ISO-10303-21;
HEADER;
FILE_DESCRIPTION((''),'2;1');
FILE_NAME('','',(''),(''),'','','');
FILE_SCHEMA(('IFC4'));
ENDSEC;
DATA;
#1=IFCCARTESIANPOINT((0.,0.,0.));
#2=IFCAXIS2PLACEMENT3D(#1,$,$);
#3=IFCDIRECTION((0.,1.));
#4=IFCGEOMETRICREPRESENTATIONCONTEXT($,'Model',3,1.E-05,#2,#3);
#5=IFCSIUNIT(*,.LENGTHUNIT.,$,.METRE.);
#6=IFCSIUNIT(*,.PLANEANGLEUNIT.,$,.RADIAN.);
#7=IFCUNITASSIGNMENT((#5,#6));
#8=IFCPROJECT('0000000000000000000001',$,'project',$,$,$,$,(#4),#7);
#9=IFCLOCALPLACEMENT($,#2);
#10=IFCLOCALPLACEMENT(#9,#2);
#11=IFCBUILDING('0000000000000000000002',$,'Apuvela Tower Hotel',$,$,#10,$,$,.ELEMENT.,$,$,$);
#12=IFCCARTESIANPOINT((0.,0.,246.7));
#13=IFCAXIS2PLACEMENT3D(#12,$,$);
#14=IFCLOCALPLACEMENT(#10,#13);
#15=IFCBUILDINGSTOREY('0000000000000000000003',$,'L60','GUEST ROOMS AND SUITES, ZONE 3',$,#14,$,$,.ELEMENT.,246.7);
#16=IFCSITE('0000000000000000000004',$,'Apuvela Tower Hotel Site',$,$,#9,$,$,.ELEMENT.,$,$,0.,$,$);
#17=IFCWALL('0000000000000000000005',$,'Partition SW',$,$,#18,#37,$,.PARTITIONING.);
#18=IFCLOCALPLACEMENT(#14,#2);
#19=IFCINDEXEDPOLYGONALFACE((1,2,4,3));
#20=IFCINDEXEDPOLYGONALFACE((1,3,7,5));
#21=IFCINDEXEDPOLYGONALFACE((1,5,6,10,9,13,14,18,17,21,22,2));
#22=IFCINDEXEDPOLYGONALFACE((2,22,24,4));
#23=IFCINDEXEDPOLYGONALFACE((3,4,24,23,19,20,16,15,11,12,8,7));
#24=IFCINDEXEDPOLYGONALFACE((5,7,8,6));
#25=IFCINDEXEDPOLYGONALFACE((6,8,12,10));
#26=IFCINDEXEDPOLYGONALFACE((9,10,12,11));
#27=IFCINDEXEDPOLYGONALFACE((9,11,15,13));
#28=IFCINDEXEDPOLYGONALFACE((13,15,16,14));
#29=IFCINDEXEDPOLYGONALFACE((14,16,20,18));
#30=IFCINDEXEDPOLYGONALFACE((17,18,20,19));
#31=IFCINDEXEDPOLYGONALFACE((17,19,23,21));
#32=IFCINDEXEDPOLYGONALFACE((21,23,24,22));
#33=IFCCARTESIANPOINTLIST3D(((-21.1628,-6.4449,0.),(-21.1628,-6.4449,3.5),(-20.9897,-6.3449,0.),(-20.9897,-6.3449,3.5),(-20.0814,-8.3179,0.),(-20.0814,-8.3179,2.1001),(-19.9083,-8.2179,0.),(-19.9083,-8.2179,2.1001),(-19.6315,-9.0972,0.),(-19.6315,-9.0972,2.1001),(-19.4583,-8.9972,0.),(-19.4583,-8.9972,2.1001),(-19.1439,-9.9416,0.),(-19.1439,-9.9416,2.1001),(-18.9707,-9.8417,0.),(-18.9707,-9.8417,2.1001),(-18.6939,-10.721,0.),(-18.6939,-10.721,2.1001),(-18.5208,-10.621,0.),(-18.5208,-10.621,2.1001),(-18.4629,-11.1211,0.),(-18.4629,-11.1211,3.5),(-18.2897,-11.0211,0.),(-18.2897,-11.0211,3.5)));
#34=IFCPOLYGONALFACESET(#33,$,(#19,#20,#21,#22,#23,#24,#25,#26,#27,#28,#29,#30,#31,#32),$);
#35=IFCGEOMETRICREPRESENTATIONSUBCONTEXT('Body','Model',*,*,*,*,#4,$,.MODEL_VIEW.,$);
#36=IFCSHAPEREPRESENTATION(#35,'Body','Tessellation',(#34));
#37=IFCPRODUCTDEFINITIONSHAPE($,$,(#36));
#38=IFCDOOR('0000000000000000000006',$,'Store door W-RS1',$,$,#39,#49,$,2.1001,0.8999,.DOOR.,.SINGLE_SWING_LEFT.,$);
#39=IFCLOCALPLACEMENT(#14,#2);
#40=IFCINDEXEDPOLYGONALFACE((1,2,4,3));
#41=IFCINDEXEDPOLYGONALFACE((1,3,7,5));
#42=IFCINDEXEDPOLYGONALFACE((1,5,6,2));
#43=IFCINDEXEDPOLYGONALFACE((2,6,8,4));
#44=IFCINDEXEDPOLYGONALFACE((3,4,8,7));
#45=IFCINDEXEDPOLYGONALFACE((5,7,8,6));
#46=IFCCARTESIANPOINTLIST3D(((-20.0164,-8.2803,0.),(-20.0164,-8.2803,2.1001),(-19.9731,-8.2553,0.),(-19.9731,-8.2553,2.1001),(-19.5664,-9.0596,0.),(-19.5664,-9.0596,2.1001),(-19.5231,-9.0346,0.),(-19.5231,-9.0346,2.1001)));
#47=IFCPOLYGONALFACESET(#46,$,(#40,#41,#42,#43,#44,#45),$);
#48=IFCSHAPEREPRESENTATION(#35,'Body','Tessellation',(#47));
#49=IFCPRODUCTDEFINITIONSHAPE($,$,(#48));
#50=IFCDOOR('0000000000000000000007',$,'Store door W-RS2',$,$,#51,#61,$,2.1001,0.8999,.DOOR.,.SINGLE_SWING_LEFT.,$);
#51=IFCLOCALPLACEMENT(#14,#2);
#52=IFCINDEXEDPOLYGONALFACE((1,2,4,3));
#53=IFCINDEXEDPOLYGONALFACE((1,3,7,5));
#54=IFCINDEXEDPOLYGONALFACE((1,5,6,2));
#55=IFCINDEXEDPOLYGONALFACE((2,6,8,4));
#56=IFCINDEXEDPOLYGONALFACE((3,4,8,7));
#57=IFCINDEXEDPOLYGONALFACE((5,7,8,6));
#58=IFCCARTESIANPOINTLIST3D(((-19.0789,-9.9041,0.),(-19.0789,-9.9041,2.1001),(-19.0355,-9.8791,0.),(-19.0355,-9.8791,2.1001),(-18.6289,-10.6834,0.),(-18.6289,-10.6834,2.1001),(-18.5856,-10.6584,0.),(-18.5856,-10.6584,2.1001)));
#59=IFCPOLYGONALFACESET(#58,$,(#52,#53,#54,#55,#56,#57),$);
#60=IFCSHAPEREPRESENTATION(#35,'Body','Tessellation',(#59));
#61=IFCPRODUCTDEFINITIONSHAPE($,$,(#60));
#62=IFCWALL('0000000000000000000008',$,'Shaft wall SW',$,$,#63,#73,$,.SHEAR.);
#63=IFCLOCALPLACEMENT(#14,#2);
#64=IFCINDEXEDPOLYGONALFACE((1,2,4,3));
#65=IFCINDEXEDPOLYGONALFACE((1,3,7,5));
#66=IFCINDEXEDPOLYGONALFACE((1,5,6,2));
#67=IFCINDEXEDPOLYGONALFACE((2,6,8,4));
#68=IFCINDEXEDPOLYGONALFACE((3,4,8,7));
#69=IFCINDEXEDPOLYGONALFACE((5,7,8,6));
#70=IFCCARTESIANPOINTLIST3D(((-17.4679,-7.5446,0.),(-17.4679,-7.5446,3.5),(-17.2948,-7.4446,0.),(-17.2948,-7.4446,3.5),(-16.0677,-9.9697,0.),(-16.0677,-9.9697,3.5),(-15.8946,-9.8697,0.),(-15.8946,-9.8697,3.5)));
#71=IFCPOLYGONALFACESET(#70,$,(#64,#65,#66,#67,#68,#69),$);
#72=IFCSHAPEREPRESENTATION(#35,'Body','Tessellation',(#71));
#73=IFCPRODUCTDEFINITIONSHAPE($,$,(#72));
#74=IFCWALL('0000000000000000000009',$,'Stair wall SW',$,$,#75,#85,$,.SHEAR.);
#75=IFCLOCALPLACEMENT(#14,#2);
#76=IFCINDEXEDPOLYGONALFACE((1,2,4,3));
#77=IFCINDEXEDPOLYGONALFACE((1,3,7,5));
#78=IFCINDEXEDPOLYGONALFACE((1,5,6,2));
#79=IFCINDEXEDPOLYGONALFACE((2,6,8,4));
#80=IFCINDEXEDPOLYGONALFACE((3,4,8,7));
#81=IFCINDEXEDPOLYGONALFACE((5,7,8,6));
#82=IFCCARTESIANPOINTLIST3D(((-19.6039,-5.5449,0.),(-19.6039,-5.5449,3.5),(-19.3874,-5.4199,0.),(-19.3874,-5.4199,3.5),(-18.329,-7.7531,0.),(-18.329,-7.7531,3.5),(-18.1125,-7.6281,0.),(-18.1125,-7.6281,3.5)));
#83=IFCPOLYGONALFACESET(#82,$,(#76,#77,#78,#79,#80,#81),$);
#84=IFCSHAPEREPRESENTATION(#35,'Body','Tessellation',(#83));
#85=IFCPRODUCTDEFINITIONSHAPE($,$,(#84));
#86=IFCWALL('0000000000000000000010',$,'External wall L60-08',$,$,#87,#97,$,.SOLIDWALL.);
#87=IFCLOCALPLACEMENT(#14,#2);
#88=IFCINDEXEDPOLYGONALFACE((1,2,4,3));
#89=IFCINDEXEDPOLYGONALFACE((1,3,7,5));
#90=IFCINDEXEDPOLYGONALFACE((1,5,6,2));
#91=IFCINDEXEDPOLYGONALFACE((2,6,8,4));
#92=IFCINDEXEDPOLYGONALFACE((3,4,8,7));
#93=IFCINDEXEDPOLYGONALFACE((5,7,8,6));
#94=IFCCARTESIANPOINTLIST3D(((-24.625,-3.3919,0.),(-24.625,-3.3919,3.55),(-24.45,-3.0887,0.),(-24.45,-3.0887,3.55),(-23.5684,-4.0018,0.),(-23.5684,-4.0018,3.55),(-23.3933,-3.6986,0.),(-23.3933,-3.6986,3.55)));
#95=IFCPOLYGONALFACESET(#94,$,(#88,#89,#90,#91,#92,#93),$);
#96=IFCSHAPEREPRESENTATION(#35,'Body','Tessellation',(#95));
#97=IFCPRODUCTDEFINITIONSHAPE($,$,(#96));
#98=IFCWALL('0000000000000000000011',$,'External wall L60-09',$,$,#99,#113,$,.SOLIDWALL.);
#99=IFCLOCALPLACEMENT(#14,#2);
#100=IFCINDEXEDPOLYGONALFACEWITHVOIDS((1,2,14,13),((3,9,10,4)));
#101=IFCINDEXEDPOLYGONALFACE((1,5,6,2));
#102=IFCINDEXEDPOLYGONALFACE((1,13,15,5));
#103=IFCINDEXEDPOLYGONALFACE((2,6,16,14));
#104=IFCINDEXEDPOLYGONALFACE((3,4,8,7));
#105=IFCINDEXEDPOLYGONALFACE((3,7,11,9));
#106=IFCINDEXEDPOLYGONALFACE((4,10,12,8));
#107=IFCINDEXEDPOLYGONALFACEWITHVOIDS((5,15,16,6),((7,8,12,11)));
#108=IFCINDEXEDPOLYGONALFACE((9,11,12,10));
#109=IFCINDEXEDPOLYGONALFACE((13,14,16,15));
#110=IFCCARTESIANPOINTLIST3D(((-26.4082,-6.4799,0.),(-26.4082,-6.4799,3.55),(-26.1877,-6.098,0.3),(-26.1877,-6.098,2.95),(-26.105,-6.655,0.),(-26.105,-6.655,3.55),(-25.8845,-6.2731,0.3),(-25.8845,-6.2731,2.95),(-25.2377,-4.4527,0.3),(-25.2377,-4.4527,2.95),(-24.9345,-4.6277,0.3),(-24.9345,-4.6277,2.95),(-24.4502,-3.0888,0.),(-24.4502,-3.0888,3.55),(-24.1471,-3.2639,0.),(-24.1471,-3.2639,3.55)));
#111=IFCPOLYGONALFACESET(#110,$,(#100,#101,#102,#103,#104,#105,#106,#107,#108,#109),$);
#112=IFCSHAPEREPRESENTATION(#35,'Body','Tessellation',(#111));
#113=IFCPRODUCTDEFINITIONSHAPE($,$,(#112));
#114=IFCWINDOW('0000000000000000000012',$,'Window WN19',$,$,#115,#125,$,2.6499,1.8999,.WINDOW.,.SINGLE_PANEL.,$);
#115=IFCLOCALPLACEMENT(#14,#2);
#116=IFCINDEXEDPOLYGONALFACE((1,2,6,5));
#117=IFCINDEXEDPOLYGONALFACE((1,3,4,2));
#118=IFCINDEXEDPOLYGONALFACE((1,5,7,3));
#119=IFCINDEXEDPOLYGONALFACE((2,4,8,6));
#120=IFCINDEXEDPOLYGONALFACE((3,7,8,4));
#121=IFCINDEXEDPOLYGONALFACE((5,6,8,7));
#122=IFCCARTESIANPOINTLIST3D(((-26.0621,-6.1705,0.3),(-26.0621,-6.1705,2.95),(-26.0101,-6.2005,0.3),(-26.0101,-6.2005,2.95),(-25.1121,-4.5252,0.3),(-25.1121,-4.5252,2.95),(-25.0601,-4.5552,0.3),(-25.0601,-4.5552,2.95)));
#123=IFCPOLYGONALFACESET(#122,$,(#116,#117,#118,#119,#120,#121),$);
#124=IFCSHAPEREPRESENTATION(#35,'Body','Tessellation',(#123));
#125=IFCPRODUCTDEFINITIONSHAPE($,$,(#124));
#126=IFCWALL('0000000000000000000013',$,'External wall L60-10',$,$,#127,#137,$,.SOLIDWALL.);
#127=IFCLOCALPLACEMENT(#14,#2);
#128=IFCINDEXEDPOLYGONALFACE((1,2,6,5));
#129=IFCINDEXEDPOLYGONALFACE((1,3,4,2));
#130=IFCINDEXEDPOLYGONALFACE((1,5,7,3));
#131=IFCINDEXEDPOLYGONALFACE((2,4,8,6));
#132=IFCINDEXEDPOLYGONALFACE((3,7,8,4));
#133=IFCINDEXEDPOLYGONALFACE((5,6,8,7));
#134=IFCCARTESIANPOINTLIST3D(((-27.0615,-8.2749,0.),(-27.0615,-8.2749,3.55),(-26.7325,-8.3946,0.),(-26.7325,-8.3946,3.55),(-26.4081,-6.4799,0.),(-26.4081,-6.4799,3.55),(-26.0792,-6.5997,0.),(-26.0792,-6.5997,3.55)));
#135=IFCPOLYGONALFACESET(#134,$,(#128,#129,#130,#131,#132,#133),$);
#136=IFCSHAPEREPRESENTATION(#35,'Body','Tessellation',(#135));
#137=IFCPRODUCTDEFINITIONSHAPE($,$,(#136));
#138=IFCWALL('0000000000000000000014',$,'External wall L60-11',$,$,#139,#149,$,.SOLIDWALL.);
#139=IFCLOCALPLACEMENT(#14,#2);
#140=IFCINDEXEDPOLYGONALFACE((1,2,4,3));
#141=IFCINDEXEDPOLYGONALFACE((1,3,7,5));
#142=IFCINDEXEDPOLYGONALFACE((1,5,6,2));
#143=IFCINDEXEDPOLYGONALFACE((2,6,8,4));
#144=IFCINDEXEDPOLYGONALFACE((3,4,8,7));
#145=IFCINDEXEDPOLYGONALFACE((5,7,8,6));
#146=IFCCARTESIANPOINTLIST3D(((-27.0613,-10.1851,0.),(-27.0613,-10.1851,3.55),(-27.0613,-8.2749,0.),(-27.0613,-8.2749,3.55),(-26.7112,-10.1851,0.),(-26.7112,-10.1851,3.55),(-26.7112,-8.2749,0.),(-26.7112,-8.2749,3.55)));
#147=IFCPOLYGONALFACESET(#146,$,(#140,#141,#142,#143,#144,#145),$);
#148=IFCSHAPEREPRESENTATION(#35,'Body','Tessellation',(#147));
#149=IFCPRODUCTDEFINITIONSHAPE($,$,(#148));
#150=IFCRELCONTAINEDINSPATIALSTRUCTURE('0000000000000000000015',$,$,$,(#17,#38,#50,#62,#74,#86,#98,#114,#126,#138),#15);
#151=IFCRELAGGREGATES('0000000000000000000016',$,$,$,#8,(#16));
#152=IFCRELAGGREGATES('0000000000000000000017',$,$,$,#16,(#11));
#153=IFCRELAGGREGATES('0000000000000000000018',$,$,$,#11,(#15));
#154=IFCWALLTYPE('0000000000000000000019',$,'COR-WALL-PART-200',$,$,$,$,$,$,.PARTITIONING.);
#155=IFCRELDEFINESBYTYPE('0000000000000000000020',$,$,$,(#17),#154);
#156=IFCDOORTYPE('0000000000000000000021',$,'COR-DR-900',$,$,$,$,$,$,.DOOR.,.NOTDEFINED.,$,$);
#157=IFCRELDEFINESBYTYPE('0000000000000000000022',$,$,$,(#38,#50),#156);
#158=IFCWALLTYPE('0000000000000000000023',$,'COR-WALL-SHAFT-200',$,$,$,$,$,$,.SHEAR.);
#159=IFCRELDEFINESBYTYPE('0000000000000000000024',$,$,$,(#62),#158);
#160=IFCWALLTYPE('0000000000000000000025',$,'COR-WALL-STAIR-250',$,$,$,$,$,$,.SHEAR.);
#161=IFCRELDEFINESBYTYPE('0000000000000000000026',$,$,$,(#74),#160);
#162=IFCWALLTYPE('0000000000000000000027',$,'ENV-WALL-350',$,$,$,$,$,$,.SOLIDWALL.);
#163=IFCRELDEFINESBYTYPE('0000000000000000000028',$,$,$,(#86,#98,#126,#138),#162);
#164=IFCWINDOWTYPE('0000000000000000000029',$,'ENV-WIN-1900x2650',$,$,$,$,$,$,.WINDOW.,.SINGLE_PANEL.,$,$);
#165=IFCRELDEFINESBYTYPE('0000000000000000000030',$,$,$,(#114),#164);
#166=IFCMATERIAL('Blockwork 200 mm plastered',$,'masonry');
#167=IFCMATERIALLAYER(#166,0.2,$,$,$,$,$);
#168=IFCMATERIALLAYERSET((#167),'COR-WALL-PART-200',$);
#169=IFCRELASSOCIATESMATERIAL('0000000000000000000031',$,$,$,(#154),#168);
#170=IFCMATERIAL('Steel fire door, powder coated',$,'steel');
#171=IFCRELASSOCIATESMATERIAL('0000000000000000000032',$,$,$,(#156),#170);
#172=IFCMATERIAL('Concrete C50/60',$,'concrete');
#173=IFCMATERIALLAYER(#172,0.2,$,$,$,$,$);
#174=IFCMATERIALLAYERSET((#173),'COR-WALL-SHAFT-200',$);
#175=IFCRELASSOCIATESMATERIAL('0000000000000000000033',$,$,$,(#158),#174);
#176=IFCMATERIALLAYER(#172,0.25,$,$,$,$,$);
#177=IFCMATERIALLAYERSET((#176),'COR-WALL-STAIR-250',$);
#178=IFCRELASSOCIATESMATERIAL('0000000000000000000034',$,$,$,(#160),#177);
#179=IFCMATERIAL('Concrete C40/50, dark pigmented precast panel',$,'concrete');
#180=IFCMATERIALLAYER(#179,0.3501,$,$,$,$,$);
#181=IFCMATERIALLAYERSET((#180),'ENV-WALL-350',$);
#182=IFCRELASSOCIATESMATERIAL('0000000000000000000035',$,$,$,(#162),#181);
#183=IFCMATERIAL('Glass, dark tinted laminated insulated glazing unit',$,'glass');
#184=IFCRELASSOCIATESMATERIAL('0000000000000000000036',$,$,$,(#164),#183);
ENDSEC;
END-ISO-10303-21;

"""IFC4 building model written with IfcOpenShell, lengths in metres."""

from ifc_helpers import new_model, si_unit, direction, frame, frame_2d, origin, place, context, subcontext, project, spatial, rectangle, extrude, material, layer, layer_set, type_object, element, fill, save


model = new_model("IFC4")

# Units and contexts
model_context = context("Model", 3, precision=1e-05, world=origin(), true_north=direction((0.0, 1.0)))
body_context = subcontext(model_context, "Body", "Model", "MODEL_VIEW")
ifc_project = project(units=[si_unit("LENGTHUNIT", "METRE"), si_unit("PLANEANGLEUNIT", "RADIAN")], contexts=[model_context])

# Site, building, storey
site_placement = place(None, origin())
site = spatial("IfcSite", under=ifc_project, at=site_placement, Name="Apuvela Tower Hotel Site", CompositionType="ELEMENT", RefElevation=0.0)
building_placement = place(site_placement, origin())
building = spatial("IfcBuilding", under=site, at=building_placement, Name="Apuvela Tower Hotel", CompositionType="ELEMENT")
storey_placement = place(building_placement, frame((0.0, 0.0, 246.7)))
storey = spatial("IfcBuildingStorey", under=building, at=storey_placement, Name="L60", Description="GUEST ROOMS AND SUITES, ZONE 3", CompositionType="ELEMENT", Elevation=246.7)

# Wall, openings, doors
ifc_material_1 = material(Name="Blockwork 200 mm plastered", Category="masonry")
ifc_layer_1 = layer(ifc_material_1, 0.2)
ifc_layer_set_1 = layer_set([ifc_layer_1], Name="COR-WALL-PART-200")
wall_type_1 = type_object("IfcWallType", Name="COR-WALL-PART-200", PredefinedType="PARTITIONING", material=ifc_layer_set_1)
wall_1_placement = place(storey_placement, frame((-21.0762, -6.395, 0.0), z_axis=(0.0, 0.0, 1.0), x_axis=(0.500015, -0.866017, 0.0)))
wall_1 = element("IfcWall", 1, at=wall_1_placement, inside=storey, type_object=wall_type_1, Name="Partition SW", PredefinedType="PARTITIONING", context=body_context, shape_type="SweptSolid", body=[
    extrude(rectangle(XDim=5.3997, YDim=0.2, at=frame_2d((2.6997, 0.0))), origin(), (0.0, 0.0, 1.0), 3.5),
])
opening_1_placement = place(wall_1_placement, frame((2.1626, 0.0, 0.0)))
opening_1 = element("IfcOpeningElement", 2, at=opening_1_placement, cuts=wall_1, PredefinedType="OPENING", context=body_context, shape_type="SweptSolid", body=[
    extrude(rectangle(XDim=0.8999, YDim=2.1001, at=frame_2d((0.45, 1.05))), frame((0.0, 0.1099, 0.0), z_axis=(0.0, -1.0, 0.0), x_axis=(1.0, 0.0, 0.0)), (0.0, 0.0, 1.0), 0.22),
])
opening_2_placement = place(wall_1_placement, frame((4.0376, 0.0, 0.0)))
opening_2 = element("IfcOpeningElement", 3, at=opening_2_placement, cuts=wall_1, PredefinedType="OPENING", context=body_context, shape_type="SweptSolid", body=[
    extrude(rectangle(XDim=0.8999, YDim=2.1001, at=frame_2d((0.45, 1.05))), frame((0.0, 0.1099, 0.0), z_axis=(0.0, -1.0, 0.0), x_axis=(1.0, 0.0, 0.0)), (0.0, 0.0, 1.0), 0.22),
])
ifc_material_2 = material(Name="Steel fire door, powder coated", Category="steel")
door_type_1 = type_object("IfcDoorType", Name="COR-DR-900", OperationType="NOTDEFINED", PredefinedType="DOOR", material=ifc_material_2)
door_1_placement = place(opening_1_placement, frame((0.8999, 0.0, 0.0), z_axis=(0.0, 0.0, 1.0), x_axis=(-1.0, 0.0, 0.0)))
door_1 = element("IfcDoor", 4, at=door_1_placement, inside=storey, type_object=door_type_1, Name="Store door W-RS1", OperationType="SINGLE_SWING_LEFT", OverallHeight=2.1001, OverallWidth=0.8999, PredefinedType="DOOR", context=body_context, shape_type="SweptSolid", body=[
    extrude(rectangle(XDim=0.8999, YDim=2.1001, at=frame_2d((0.45, 1.05))), frame((0.0, 0.0249, 0.0), z_axis=(0.0, -1.0, 0.0), x_axis=(1.0, 0.0, 0.0)), (0.0, 0.0, 1.0), 0.05),
])
fill(opening_1, door_1)
door_2_placement = place(opening_2_placement, frame((0.8999, 0.0, 0.0), z_axis=(0.0, 0.0, 1.0), x_axis=(-1.0, 0.0, 0.0)))
door_2 = element("IfcDoor", 5, at=door_2_placement, inside=storey, type_object=door_type_1, Name="Store door W-RS2", OperationType="SINGLE_SWING_LEFT", OverallHeight=2.1001, OverallWidth=0.8999, PredefinedType="DOOR", context=body_context, shape_type="SweptSolid", body=[
    extrude(rectangle(XDim=0.8999, YDim=2.1001, at=frame_2d((0.45, 1.05))), frame((0.0, 0.0249, 0.0), z_axis=(0.0, -1.0, 0.0), x_axis=(1.0, 0.0, 0.0)), (0.0, 0.0, 1.0), 0.05),
])
fill(opening_2, door_2)

# Walls
ifc_material_3 = material(Name="Concrete C50/60", Category="concrete")
ifc_layer_2 = layer(ifc_material_3, 0.2)
ifc_layer_set_2 = layer_set([ifc_layer_2], Name="COR-WALL-SHAFT-200")
wall_type_2 = type_object("IfcWallType", Name="COR-WALL-SHAFT-200", PredefinedType="SHEAR", material=ifc_layer_set_2)
wall_2_placement = place(storey_placement, frame((-17.3813, -7.4946, 0.0), z_axis=(0.0, 0.0, 1.0), x_axis=(0.500012, -0.866019, 0.0)))
element("IfcWall", 6, at=wall_2_placement, inside=storey, type_object=wall_type_2, Name="Shaft wall SW", PredefinedType="SHEAR", context=body_context, shape_type="SweptSolid", body=[
    extrude(rectangle(XDim=2.8003, YDim=0.2, at=frame_2d((1.4001, 0.0))), origin(), (0.0, 0.0, 1.0), 3.5),
])
ifc_layer_3 = layer(ifc_material_3, 0.25)
ifc_layer_set_3 = layer_set([ifc_layer_3], Name="COR-WALL-STAIR-250")
wall_type_3 = type_object("IfcWallType", Name="COR-WALL-STAIR-250", PredefinedType="SHEAR", material=ifc_layer_set_3)
wall_3_placement = place(storey_placement, frame((-19.4956, -5.4824, 0.0), z_axis=(0.0, 0.0, 1.0), x_axis=(0.49999, -0.866031, 0.0)))
element("IfcWall", 7, at=wall_3_placement, inside=storey, type_object=wall_type_3, Name="Stair wall SW", PredefinedType="SHEAR", context=body_context, shape_type="SweptSolid", body=[
    extrude(rectangle(XDim=2.5498, YDim=0.25, at=frame_2d((1.2749, 0.0))), origin(), (0.0, 0.0, 1.0), 3.5),
])
ifc_material_4 = material(Name="Concrete C40/50, dark pigmented precast panel", Category="concrete")
ifc_layer_4 = layer(ifc_material_4, 0.3501)
ifc_layer_set_4 = layer_set([ifc_layer_4], Name="ENV-WALL-350")
wall_type_4 = type_object("IfcWallType", Name="ENV-WALL-350", PredefinedType="SOLIDWALL", material=ifc_layer_set_4)
wall_4_placement = place(storey_placement, frame((-23.481, -3.8501, 0.0), z_axis=(0.0, 0.0, 1.0), x_axis=(-0.866092, 0.499884, 0.0)))
element("IfcWall", 8, at=wall_4_placement, inside=storey, type_object=wall_type_4, Name="External wall L60-08", PredefinedType="SOLIDWALL", context=body_context, shape_type="SweptSolid", body=[
    extrude(rectangle(XDim=1.22, YDim=0.3501, at=frame_2d((0.6099, 0.0))), origin(), (0.0, 0.0, 1.0), 3.55),
])

# Wall, opening, window
wall_5_placement = place(storey_placement, frame((-24.2986, -3.1763, 0.0), z_axis=(0.0, 0.0, 1.0), x_axis=(-0.500028, -0.866009, 0.0)))
wall_5 = element("IfcWall", 9, at=wall_5_placement, inside=storey, type_object=wall_type_4, Name="External wall L60-09", PredefinedType="SOLIDWALL", context=body_context, shape_type="SweptSolid", body=[
    extrude(rectangle(XDim=3.9158, YDim=0.3501, at=frame_2d((1.958, 0.0))), origin(), (0.0, 0.0, 1.0), 3.55),
])
opening_3_placement = place(wall_5_placement, frame((1.575, 0.0, 0.3)))
opening_3 = element("IfcOpeningElement", 10, at=opening_3_placement, cuts=wall_5, PredefinedType="OPENING", context=body_context, shape_type="SweptSolid", body=[
    extrude(rectangle(XDim=1.8999, YDim=2.6499, at=frame_2d((0.95, 1.325))), frame((0.0, 0.1851, 0.0), z_axis=(0.0, -1.0, 0.0), x_axis=(1.0, 0.0, 0.0)), (0.0, 0.0, 1.0), 0.3701),
])
ifc_material_5 = material(Name="Glass, dark tinted laminated insulated glazing unit", Category="glass")
window_type = type_object("IfcWindowType", Name="ENV-WIN-1900x2650", PartitioningType="SINGLE_PANEL", PredefinedType="WINDOW", material=ifc_material_5)
window_placement = place(opening_3_placement, origin())
window = element("IfcWindow", 11, at=window_placement, inside=storey, type_object=window_type, Name="Window WN19", OverallHeight=2.6499, OverallWidth=1.8999, PartitioningType="SINGLE_PANEL", PredefinedType="WINDOW", context=body_context, shape_type="SweptSolid", body=[
    extrude(rectangle(XDim=1.8999, YDim=2.6499, at=frame_2d((0.95, 1.325))), frame((0.0, 0.03, 0.0), z_axis=(0.0, -1.0, 0.0), x_axis=(1.0, 0.0, 0.0)), (0.0, 0.0, 1.0), 0.0601),
])
fill(opening_3, window)

# Walls
for number, where, z_axis, x_axis, name in (
    (12, (-26.2437, -6.5398, 0.0), (0.0, 0.0, 1.0), (-0.34203, -0.939689, 0.0), "External wall L60-10"),
    (13, (-26.8862, -8.2749, 0.0), (0.0, 0.0, 1.0), (0.0, -1.0, 0.0), "External wall L60-11"),
):
    element("IfcWall", number, at=place(storey_placement, frame(where, z_axis=z_axis, x_axis=x_axis)), inside=storey, type_object=wall_type_4, Name=name, PredefinedType="SOLIDWALL", context=body_context, shape_type="SweptSolid", body=[
        extrude(rectangle(XDim=1.9102, YDim=0.3501, at=frame_2d((0.9551, 0.0))), origin(), (0.0, 0.0, 1.0), 3.55),
    ])

save(model, "model.ifc")
